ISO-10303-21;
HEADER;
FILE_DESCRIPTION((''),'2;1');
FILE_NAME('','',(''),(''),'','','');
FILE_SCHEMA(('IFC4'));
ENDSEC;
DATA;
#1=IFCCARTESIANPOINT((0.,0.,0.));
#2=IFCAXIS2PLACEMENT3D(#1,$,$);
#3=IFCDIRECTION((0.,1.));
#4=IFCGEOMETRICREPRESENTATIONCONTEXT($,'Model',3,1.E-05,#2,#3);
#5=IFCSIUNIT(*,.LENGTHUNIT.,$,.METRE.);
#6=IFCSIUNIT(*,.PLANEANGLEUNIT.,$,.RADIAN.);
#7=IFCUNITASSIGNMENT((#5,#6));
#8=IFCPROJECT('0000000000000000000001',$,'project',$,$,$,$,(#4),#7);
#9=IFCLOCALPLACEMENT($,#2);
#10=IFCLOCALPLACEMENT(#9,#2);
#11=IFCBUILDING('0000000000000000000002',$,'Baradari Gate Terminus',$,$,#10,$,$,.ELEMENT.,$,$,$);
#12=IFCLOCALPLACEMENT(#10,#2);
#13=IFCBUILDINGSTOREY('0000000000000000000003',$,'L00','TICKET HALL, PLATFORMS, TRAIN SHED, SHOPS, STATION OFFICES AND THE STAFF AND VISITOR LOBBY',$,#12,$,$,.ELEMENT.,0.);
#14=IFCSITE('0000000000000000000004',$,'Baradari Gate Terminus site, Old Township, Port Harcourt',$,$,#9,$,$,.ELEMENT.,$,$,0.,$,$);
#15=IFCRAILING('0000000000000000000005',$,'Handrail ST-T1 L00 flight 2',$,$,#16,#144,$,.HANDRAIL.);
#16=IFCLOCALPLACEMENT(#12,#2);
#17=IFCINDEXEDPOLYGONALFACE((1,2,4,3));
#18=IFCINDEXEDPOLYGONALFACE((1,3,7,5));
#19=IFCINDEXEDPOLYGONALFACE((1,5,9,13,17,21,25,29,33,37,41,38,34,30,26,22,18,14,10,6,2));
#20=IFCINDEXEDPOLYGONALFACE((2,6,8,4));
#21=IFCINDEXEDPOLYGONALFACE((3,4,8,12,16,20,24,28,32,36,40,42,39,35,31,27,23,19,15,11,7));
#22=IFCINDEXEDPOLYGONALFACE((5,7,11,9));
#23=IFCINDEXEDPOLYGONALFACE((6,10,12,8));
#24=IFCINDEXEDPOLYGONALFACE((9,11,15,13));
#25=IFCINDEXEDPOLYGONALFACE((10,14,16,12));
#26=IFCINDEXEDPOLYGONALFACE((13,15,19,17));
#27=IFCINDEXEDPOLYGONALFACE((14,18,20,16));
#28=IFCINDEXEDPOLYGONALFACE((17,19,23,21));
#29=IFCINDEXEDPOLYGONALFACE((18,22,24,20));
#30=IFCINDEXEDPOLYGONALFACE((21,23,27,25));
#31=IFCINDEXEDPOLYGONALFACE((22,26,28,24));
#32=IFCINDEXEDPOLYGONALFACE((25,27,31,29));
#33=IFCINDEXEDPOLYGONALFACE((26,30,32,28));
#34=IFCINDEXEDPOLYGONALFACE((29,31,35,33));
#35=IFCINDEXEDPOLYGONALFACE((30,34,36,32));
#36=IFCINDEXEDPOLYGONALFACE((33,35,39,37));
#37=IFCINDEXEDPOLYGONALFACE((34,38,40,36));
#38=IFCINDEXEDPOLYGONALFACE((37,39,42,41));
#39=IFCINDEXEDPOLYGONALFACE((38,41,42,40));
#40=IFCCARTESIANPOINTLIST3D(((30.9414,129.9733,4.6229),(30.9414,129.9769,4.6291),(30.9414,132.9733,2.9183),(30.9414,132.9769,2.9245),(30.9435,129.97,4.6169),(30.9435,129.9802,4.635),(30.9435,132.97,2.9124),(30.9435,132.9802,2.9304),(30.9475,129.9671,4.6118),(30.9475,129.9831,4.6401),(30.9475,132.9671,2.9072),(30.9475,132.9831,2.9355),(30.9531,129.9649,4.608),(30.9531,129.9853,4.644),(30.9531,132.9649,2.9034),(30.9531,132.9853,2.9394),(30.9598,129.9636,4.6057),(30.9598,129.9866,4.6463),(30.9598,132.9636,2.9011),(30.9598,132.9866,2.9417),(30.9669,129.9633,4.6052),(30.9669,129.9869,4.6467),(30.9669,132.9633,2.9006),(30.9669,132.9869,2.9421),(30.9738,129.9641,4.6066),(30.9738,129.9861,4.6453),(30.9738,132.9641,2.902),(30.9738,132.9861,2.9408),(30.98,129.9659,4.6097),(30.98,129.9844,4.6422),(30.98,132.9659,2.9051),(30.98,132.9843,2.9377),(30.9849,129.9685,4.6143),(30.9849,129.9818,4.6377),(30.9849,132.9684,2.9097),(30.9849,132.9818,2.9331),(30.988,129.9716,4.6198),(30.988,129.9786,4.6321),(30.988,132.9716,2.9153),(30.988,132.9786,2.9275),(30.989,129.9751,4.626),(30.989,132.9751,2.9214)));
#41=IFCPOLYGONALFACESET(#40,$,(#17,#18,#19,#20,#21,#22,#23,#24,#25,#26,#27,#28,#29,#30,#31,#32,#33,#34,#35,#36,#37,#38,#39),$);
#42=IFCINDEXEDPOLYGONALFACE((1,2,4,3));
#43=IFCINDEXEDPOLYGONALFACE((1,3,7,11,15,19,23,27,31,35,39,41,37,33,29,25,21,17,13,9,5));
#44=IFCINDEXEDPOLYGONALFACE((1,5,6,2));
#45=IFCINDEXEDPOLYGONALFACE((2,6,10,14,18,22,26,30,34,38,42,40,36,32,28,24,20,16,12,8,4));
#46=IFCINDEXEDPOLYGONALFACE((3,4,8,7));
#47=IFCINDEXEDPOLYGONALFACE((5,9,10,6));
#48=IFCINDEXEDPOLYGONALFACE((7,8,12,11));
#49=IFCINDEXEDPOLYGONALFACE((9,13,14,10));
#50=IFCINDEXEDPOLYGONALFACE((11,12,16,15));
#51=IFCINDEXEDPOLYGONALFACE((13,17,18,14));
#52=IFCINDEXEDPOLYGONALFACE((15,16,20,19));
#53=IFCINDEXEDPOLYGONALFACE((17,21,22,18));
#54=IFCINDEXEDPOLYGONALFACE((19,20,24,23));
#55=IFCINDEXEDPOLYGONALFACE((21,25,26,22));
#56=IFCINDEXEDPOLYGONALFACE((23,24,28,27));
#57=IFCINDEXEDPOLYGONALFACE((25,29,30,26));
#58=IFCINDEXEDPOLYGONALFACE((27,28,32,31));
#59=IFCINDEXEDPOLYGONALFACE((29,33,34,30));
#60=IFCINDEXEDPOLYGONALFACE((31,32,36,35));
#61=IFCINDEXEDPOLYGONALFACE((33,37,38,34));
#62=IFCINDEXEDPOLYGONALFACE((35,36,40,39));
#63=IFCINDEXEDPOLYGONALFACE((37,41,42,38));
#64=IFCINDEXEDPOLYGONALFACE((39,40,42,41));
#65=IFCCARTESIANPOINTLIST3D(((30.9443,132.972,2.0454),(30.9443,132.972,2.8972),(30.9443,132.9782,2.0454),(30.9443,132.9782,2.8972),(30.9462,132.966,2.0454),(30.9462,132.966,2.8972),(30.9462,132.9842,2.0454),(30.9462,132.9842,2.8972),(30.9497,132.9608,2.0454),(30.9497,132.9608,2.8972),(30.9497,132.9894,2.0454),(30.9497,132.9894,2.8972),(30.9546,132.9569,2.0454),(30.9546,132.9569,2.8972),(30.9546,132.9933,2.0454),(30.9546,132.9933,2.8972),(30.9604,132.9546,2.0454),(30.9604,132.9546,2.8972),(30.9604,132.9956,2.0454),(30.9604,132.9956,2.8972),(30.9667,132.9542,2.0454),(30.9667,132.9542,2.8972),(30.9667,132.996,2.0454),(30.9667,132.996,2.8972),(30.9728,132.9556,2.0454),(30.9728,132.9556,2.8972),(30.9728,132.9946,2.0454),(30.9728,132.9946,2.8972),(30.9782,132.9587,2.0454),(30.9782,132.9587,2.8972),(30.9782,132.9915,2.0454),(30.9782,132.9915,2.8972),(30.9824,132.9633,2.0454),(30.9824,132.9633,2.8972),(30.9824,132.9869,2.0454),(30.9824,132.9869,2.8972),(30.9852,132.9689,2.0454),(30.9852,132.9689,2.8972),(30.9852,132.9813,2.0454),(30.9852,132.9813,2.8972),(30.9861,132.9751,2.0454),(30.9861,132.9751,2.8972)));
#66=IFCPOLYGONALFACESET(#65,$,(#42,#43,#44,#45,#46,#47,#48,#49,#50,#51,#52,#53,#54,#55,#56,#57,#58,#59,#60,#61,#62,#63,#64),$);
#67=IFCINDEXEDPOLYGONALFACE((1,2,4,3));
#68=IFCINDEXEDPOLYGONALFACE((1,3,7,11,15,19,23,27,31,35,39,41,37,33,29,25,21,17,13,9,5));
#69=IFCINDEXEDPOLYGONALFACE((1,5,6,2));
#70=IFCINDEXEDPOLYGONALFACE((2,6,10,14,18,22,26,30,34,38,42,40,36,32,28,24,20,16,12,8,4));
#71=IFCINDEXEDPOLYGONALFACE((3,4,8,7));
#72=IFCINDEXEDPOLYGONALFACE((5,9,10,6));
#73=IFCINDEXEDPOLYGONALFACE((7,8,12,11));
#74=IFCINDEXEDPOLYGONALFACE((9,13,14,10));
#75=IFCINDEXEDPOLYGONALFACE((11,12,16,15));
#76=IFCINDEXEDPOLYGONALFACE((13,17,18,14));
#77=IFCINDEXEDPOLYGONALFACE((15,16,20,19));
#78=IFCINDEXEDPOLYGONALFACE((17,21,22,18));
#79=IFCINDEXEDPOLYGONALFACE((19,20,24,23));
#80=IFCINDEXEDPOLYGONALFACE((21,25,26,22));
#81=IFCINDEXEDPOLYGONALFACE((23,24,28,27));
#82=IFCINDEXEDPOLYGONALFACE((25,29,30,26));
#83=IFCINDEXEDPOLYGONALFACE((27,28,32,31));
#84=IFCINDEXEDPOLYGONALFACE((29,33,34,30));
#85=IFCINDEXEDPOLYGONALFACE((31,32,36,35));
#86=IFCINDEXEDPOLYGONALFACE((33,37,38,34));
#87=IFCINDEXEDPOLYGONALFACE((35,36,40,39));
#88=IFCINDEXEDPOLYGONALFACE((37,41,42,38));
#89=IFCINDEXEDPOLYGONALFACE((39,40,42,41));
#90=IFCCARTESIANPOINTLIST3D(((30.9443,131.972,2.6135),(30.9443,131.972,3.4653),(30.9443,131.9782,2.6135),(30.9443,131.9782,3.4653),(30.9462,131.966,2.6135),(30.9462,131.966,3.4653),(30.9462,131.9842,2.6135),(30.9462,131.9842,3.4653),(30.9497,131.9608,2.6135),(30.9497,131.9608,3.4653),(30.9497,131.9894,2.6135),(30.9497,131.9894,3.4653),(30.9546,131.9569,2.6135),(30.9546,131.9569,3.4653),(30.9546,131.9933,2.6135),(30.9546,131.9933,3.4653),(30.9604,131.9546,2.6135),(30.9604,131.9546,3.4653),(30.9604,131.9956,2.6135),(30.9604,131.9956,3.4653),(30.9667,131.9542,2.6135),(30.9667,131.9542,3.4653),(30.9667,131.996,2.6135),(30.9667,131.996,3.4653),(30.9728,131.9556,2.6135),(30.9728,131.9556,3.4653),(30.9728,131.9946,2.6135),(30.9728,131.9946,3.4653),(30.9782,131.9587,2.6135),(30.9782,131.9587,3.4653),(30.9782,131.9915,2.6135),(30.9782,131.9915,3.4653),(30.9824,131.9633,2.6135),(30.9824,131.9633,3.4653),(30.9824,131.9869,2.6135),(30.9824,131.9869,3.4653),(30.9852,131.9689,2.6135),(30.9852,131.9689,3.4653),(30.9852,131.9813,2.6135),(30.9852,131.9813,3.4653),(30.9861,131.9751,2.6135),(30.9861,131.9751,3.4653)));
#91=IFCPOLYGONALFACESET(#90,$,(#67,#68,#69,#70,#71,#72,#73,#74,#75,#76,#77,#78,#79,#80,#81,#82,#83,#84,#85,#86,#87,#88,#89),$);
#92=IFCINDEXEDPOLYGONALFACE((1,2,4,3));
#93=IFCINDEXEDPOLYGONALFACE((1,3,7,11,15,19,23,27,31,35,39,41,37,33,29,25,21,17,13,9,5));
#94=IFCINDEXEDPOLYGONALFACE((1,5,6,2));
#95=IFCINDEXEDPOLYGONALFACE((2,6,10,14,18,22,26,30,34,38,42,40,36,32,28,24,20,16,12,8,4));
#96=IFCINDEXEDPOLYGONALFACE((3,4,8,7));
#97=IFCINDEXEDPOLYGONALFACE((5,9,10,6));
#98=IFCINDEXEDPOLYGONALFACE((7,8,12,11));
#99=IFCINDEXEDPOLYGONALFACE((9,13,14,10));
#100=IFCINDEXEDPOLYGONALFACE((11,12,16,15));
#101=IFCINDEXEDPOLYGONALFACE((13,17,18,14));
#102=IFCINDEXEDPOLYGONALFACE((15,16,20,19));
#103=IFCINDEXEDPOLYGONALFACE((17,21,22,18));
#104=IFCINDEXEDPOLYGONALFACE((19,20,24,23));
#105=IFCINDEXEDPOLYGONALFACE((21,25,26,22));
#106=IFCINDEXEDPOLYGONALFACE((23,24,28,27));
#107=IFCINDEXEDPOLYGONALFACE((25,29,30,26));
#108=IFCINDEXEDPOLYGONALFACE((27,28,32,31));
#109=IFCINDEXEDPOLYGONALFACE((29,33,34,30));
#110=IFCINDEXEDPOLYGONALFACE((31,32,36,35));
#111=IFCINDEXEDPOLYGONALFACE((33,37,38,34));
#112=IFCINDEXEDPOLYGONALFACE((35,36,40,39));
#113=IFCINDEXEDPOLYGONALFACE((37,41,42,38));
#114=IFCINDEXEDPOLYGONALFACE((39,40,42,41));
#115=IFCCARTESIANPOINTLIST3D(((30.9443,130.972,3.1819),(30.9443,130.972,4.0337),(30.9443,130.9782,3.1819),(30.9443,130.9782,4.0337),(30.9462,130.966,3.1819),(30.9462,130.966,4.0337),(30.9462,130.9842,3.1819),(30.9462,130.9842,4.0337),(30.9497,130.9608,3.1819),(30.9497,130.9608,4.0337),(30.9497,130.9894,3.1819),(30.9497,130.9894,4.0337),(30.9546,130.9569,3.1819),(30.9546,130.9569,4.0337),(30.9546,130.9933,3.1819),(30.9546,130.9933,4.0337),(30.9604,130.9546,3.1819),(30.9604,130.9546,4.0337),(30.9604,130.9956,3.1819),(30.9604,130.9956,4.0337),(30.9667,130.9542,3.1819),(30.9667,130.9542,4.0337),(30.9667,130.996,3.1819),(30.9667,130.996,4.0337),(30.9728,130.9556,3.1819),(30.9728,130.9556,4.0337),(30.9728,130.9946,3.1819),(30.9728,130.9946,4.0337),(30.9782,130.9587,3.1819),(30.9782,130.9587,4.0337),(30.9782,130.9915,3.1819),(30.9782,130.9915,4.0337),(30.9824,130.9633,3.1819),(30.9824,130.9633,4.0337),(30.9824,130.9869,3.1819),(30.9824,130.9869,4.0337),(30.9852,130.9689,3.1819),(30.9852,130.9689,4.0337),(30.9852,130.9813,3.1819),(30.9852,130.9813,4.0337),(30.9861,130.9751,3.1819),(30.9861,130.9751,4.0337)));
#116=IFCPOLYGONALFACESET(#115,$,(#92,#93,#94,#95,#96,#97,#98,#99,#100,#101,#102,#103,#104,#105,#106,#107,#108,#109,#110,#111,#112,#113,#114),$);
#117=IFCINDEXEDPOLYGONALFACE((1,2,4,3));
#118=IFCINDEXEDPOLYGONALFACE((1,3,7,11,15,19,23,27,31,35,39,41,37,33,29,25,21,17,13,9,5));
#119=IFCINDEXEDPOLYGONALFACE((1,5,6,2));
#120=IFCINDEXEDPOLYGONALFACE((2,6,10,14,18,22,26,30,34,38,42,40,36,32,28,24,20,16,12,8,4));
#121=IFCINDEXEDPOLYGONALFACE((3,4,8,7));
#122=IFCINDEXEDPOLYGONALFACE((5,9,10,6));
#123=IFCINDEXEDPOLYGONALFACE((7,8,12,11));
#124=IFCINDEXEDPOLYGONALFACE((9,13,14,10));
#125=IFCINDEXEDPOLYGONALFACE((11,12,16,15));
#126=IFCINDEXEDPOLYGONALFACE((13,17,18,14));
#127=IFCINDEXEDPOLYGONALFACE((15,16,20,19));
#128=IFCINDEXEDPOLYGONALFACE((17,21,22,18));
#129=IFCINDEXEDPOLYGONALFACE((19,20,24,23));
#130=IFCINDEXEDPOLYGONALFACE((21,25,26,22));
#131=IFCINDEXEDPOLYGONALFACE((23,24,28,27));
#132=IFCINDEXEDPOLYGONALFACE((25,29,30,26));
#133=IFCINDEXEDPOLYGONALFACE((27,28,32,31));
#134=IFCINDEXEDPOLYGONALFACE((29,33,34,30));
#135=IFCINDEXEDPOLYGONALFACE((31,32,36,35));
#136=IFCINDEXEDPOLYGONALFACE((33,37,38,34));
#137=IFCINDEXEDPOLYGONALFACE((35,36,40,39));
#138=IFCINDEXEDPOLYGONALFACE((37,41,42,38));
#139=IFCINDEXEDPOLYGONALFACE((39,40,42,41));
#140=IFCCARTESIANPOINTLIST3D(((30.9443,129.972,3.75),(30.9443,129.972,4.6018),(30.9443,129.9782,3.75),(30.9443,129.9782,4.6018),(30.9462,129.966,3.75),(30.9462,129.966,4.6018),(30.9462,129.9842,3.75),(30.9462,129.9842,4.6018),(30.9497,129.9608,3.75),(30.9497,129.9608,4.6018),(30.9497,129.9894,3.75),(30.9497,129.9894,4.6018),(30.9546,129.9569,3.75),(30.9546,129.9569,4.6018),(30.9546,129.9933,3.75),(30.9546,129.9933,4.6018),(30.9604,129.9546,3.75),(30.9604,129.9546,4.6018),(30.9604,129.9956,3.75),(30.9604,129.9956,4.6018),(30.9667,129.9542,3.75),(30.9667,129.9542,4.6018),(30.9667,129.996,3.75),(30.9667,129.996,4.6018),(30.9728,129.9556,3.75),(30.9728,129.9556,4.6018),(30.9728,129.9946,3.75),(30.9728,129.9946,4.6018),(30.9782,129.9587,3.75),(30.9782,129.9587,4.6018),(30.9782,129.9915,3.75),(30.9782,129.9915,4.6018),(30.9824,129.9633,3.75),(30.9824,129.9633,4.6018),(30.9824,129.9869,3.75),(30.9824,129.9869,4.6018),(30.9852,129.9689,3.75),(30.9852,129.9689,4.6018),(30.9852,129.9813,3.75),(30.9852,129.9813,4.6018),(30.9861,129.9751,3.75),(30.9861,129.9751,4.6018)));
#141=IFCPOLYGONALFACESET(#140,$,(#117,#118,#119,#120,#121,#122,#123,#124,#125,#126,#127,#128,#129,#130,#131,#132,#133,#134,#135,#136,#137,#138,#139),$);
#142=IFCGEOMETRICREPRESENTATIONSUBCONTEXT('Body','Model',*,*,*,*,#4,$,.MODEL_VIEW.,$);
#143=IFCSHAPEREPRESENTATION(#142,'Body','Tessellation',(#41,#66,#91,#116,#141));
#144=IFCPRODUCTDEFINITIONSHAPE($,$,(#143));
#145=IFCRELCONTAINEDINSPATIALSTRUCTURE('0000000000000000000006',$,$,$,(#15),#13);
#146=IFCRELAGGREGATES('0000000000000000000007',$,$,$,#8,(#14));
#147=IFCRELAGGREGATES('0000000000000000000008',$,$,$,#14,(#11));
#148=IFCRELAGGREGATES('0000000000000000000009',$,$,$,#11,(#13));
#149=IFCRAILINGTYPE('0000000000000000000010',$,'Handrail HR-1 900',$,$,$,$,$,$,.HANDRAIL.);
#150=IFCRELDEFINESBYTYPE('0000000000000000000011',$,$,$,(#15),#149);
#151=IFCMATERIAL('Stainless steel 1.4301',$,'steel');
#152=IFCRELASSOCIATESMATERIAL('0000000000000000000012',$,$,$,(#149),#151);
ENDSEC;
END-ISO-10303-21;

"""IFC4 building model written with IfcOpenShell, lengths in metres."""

from ifc_helpers import new_model, si_unit, direction, frame, origin, origin_2d, place, context, subcontext, project, spatial, circle, extrude, material, type_object, element, save


model = new_model("IFC4")

# Units and contexts
model_context = context("Model", 3, precision=1e-05, world=origin(), true_north=direction((0.0, 1.0)))
body_context = subcontext(model_context, "Body", "Model", "MODEL_VIEW")
ifc_project = project(units=[si_unit("LENGTHUNIT", "METRE"), si_unit("PLANEANGLEUNIT", "RADIAN")], contexts=[model_context])

# Site, building, storey
site_placement = place(None, origin())
site = spatial("IfcSite", under=ifc_project, at=site_placement, Name="Baradari Gate Terminus site, Old Township, Port Harcourt", CompositionType="ELEMENT", RefElevation=0.0)
building_placement = place(site_placement, origin())
building = spatial("IfcBuilding", under=site, at=building_placement, Name="Baradari Gate Terminus", CompositionType="ELEMENT")
storey_placement = place(building_placement, origin())
storey = spatial("IfcBuildingStorey", under=building, at=storey_placement, Name="L00", Description="TICKET HALL, PLATFORMS, TRAIN SHED, SHOPS, STATION OFFICES AND THE STAFF AND VISITOR LOBBY", CompositionType="ELEMENT", Elevation=0.0)

# Railing
ifc_material_1 = material(Name="Stainless steel 1.4301", Category="steel")
railing_type_1 = type_object("IfcRailingType", Name="Handrail HR-1 900", PredefinedType="HANDRAIL", material=ifc_material_1)
for number, where, name in (
    (1, (30.9651, 132.9751, 2.0454), "Handrail ST-T1 L00 flight 2"),
):
    element("IfcRailing", number, at=place(storey_placement, frame(where)), inside=storey, type_object=railing_type_1, Name=name, PredefinedType="HANDRAIL", context=body_context, shape_type="SweptSolid", body=[
        extrude(circle(Radius=0.0239, at=origin_2d()), frame((0.0, 0.0, 0.876), z_axis=(0.0, -0.869451, 0.494019), x_axis=(1.0, 0.0, 0.0)), (0.0, 0.0, 1.0), 3.4504),
        extrude(circle(Radius=0.021, at=origin_2d()), origin(), (0.0, 0.0, 1.0), 0.8518),
        extrude(circle(Radius=0.021, at=origin_2d()), frame((0.0, -1.0, 0.5681)), (0.0, 0.0, 1.0), 0.8518),
        extrude(circle(Radius=0.021, at=origin_2d()), frame((0.0, -2.0, 1.1365)), (0.0, 0.0, 1.0), 0.8518),
        extrude(circle(Radius=0.021, at=origin_2d()), frame((0.0, -3.0, 1.7046)), (0.0, 0.0, 1.0), 0.8518),
    ])

save(model, "model.ifc")
